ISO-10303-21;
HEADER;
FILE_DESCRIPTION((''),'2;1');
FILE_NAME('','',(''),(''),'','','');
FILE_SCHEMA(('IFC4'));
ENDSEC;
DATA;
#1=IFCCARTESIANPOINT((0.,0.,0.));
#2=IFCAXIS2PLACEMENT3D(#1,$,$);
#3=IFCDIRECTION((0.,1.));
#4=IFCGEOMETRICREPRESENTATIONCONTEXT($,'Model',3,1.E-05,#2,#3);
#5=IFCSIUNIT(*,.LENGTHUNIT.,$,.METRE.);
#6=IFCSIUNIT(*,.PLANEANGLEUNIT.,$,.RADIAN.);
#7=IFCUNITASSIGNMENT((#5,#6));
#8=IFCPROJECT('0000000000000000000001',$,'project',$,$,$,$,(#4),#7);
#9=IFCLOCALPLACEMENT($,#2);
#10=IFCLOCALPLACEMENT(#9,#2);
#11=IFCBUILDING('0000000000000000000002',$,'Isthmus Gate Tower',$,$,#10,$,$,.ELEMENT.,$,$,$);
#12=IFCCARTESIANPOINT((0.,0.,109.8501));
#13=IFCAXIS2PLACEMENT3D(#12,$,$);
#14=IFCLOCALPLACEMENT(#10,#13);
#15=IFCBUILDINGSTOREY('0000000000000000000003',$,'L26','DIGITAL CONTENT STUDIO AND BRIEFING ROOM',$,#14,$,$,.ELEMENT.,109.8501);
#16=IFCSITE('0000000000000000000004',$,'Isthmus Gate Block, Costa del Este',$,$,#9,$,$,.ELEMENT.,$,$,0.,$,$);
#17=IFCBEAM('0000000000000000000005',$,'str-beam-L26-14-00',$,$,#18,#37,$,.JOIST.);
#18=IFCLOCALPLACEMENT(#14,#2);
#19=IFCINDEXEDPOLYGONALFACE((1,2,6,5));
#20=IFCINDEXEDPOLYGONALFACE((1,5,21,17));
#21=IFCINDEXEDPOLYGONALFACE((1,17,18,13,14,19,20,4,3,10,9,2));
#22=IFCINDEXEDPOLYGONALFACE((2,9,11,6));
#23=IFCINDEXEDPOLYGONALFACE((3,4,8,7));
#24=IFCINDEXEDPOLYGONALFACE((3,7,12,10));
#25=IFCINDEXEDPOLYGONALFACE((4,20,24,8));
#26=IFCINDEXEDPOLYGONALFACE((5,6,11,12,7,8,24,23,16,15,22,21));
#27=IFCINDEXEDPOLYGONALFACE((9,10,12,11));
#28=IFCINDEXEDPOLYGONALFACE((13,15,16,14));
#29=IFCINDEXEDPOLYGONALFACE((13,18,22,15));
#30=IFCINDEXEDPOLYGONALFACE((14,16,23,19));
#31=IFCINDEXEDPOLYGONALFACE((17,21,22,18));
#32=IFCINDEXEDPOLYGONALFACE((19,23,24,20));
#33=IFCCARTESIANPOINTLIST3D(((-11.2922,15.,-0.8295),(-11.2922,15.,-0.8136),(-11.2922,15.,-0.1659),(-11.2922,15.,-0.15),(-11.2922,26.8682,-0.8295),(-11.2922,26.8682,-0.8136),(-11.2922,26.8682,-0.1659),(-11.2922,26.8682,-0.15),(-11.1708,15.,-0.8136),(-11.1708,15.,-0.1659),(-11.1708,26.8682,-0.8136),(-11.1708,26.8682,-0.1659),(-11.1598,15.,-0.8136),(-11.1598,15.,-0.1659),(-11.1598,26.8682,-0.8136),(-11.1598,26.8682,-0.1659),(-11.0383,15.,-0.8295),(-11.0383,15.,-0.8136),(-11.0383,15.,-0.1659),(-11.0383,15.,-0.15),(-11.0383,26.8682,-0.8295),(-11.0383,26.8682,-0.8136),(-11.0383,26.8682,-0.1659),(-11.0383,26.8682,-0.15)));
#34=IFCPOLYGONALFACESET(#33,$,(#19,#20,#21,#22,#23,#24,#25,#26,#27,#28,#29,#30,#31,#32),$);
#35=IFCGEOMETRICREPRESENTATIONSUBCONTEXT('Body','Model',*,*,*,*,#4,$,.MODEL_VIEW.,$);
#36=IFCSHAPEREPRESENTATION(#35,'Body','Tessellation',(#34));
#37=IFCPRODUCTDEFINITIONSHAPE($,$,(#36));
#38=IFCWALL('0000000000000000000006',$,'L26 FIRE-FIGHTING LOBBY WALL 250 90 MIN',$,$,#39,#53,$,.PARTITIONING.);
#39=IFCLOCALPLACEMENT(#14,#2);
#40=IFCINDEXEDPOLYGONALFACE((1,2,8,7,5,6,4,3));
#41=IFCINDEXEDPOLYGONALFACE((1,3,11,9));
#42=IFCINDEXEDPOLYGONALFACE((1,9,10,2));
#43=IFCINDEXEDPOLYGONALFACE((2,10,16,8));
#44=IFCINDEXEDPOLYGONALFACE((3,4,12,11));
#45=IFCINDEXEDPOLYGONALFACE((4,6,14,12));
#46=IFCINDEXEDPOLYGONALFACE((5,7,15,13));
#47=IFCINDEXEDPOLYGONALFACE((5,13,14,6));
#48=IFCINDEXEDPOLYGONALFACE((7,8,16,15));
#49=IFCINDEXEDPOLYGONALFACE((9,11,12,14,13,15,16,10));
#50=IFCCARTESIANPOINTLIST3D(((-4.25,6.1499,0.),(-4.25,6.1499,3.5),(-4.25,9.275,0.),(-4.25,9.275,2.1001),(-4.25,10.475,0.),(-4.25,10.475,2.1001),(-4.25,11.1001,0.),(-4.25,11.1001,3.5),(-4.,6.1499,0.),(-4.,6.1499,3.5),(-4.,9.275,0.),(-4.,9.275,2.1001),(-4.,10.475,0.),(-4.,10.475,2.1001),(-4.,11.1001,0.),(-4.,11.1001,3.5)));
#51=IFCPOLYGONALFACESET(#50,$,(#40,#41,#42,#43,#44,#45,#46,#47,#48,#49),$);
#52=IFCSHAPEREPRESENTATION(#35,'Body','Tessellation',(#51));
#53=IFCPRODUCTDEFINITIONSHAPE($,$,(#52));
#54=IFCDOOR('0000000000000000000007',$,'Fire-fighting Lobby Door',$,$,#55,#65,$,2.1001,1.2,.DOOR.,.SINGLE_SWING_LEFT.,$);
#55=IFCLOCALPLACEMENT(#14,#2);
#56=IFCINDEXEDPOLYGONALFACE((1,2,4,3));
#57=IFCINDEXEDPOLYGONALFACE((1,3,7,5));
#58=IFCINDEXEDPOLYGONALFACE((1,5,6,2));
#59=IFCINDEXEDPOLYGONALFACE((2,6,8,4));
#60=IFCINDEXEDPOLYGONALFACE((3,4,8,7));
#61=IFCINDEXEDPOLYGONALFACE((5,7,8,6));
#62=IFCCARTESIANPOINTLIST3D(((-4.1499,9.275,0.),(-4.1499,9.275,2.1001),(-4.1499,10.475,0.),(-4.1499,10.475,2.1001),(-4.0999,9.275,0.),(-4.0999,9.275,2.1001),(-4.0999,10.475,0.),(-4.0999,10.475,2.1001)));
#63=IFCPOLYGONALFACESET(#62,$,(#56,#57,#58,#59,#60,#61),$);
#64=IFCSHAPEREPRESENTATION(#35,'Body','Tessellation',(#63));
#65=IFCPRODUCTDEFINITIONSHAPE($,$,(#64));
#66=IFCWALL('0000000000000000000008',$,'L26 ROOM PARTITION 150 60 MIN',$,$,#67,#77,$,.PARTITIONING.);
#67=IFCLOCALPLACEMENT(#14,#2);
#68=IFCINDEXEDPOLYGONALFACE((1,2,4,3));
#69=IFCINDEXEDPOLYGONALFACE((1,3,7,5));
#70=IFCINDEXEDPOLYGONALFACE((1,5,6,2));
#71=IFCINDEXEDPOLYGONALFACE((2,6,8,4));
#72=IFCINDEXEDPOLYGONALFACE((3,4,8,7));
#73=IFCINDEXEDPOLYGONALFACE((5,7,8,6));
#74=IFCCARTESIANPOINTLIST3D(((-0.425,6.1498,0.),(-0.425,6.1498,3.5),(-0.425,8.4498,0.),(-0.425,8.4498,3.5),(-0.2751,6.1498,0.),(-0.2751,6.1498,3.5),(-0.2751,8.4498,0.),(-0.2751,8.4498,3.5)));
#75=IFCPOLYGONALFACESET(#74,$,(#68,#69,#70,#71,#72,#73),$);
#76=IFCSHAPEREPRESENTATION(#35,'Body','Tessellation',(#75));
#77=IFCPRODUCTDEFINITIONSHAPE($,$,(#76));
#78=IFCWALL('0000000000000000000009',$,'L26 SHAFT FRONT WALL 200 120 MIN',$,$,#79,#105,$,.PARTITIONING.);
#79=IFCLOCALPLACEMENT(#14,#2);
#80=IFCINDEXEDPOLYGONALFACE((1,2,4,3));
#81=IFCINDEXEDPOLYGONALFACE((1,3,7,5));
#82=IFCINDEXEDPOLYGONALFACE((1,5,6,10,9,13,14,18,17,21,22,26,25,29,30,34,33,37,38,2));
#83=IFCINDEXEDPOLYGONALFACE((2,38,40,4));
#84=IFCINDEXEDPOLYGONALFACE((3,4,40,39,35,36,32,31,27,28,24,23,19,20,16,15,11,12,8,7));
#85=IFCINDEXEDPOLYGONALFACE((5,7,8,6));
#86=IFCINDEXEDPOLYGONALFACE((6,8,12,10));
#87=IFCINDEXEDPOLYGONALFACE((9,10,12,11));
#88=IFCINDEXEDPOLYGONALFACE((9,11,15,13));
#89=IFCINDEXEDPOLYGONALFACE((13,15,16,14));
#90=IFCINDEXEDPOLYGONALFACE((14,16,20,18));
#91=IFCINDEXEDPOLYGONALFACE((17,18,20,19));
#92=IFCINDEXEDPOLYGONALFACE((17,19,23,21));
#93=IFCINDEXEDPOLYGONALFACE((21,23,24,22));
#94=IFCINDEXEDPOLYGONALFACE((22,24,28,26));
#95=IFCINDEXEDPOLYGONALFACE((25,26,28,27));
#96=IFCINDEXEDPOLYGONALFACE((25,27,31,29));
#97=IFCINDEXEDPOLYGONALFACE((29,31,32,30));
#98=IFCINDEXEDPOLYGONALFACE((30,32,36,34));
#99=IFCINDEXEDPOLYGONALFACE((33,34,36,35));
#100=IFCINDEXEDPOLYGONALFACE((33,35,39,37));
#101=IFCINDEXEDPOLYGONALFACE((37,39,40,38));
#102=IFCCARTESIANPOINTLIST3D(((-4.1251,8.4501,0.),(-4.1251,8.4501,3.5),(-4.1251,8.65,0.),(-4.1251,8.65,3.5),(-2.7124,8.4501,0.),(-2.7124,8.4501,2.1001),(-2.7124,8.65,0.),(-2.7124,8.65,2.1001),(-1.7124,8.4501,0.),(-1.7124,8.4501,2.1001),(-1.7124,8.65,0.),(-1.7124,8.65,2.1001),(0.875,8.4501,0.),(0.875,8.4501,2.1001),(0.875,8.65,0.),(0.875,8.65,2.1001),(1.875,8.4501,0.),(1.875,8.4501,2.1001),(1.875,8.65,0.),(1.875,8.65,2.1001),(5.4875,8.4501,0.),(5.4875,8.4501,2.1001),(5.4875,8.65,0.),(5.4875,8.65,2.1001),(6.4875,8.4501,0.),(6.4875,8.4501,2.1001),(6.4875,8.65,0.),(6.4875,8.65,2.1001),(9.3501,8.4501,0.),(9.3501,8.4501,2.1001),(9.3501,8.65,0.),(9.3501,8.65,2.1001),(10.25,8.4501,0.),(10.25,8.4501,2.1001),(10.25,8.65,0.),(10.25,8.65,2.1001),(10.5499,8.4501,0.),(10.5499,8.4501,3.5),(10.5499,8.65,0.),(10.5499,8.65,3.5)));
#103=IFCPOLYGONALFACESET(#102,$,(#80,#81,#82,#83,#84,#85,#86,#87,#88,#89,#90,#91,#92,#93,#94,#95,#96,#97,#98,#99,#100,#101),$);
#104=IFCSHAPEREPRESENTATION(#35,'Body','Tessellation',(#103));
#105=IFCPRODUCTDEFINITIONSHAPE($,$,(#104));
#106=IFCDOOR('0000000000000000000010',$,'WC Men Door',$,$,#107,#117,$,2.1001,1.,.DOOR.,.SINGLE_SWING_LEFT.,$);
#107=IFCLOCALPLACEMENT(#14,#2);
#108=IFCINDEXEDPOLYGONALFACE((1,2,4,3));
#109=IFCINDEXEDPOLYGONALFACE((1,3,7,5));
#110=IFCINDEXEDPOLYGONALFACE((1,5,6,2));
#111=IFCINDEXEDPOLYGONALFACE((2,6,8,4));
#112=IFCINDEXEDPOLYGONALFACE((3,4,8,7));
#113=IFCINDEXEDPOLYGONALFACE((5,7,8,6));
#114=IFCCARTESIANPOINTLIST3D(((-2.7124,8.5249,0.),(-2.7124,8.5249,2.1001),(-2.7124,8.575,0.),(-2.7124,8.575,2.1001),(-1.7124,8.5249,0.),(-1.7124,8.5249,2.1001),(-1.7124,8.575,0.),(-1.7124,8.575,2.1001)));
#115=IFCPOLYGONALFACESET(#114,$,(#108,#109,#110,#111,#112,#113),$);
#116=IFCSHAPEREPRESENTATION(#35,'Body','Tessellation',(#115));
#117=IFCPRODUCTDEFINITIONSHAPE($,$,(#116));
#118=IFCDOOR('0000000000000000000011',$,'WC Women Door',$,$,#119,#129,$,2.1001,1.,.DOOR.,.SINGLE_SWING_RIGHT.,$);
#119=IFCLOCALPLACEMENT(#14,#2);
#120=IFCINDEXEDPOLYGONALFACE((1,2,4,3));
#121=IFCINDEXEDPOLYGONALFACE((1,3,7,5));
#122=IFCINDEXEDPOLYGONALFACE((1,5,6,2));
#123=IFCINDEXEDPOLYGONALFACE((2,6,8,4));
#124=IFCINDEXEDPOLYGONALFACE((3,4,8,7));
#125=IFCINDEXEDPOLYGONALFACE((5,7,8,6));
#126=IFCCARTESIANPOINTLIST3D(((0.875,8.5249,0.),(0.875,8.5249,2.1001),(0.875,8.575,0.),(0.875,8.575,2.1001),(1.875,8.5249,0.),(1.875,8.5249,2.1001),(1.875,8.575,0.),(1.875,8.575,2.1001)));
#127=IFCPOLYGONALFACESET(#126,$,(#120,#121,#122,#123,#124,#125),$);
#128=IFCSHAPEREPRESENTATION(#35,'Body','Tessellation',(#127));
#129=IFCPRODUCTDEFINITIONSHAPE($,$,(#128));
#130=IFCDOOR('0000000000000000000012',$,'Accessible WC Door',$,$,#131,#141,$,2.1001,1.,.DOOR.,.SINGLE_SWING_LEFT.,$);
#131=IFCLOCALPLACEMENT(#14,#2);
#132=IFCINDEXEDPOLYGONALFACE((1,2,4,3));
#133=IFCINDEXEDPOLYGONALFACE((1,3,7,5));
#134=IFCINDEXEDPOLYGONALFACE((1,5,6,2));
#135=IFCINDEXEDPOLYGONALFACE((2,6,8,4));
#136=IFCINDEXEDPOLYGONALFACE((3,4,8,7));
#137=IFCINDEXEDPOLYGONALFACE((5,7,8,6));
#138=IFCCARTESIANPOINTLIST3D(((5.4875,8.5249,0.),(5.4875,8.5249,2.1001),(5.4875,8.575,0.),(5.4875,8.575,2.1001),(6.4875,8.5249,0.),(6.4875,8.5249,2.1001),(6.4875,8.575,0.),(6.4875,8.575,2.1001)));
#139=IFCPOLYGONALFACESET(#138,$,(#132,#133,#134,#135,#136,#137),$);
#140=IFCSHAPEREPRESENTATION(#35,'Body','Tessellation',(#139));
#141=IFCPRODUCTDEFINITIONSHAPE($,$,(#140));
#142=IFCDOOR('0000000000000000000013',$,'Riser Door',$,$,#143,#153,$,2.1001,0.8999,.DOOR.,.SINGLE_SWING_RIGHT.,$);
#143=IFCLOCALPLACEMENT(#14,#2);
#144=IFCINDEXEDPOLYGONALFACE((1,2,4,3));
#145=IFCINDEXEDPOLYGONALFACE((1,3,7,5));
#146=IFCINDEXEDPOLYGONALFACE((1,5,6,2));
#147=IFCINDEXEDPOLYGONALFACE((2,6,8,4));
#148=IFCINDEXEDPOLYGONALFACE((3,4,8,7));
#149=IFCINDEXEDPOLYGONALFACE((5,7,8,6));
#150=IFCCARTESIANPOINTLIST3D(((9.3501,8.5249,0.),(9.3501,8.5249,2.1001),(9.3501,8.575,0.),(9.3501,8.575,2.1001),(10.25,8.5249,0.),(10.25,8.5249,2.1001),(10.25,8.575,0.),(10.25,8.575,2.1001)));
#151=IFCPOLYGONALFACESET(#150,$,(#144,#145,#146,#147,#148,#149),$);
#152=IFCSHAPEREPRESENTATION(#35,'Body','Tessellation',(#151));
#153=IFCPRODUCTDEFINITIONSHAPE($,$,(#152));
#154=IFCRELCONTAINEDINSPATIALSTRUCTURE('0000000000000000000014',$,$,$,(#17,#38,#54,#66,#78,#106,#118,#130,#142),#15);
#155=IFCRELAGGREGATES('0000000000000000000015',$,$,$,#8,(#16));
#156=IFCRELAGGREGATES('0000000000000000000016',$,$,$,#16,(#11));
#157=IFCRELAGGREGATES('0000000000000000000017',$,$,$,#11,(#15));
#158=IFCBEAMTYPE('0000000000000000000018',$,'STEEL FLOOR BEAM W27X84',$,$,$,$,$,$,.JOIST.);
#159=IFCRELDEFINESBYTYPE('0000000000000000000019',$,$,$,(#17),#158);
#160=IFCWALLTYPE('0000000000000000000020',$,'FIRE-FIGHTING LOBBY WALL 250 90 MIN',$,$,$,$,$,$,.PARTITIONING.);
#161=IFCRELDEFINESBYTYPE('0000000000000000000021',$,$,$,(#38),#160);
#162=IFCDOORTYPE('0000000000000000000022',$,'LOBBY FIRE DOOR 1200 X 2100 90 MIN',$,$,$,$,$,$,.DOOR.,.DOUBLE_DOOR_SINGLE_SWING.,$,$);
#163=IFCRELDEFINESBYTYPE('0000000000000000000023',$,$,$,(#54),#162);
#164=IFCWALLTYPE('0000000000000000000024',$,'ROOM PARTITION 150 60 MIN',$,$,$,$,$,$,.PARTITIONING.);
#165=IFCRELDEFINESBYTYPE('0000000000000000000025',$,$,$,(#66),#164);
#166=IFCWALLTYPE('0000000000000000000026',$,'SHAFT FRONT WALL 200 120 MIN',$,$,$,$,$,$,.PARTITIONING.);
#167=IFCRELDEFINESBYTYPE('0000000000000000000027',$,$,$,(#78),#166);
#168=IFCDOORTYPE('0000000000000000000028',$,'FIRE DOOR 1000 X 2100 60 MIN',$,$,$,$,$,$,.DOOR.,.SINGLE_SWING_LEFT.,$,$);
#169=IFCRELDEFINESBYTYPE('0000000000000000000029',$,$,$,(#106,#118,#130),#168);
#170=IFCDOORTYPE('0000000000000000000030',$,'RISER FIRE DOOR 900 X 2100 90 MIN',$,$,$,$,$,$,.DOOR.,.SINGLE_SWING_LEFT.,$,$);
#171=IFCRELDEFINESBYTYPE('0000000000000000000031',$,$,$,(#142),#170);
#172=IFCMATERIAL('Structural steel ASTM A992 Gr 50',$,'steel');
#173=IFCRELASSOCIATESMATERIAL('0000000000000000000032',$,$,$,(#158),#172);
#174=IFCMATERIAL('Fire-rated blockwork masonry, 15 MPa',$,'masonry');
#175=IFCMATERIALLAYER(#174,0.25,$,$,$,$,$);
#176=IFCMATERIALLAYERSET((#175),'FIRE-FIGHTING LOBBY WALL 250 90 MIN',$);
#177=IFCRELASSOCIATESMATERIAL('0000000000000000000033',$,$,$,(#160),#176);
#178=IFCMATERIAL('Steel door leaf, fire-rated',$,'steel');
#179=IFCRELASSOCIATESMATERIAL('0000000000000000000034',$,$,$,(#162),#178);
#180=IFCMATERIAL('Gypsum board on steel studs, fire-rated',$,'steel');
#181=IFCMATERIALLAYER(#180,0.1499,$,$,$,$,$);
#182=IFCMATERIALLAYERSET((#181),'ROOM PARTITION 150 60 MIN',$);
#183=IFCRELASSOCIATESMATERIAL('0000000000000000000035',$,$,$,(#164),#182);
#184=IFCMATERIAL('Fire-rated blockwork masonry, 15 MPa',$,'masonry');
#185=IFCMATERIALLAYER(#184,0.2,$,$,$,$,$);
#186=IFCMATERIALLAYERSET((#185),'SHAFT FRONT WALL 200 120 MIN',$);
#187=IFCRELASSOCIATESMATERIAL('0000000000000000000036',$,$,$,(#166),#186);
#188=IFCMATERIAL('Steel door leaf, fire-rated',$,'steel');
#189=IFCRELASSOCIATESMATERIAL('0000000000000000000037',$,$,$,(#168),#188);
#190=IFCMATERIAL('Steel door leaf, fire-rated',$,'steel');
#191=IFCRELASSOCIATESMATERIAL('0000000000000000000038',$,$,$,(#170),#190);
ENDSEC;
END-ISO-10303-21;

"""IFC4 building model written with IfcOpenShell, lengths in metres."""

from ifc_helpers import new_model, si_unit, direction, frame, frame_2d, origin, origin_2d, place, context, subcontext, project, spatial, rectangle, i_section, extrude, material, layer, layer_set, material_profile, profile_set, type_object, element, fill, save


model = new_model("IFC4")

# Units and contexts
model_context = context("Model", 3, precision=1e-05, world=origin(), true_north=direction((0.0, 1.0)))
body_context = subcontext(model_context, "Body", "Model", "MODEL_VIEW")
ifc_project = project(units=[si_unit("LENGTHUNIT", "METRE"), si_unit("PLANEANGLEUNIT", "RADIAN")], contexts=[model_context])

# Site, building, storey
site_placement = place(None, origin())
site = spatial("IfcSite", under=ifc_project, at=site_placement, Name="Isthmus Gate Block, Costa del Este", CompositionType="ELEMENT", RefElevation=0.0)
building_placement = place(site_placement, origin())
building = spatial("IfcBuilding", under=site, at=building_placement, Name="Isthmus Gate Tower", CompositionType="ELEMENT")
storey_placement = place(building_placement, frame((0.0, 0.0, 109.8501)))
storey = spatial("IfcBuildingStorey", under=building, at=storey_placement, Name="L26", Description="DIGITAL CONTENT STUDIO AND BRIEFING ROOM", CompositionType="ELEMENT", Elevation=109.8501)

# Beam
ifc_material_1 = material(Name="Structural steel ASTM A992 Gr 50", Category="steel")
ifc_material_profile = material_profile(ifc_material_1, i_section(OverallWidth=0.2539, OverallDepth=0.6794, WebThickness=0.011, FlangeThickness=0.0159, at=origin_2d()), Name="W27X84")
ifc_profile_set = profile_set([ifc_material_profile], Name="Structural steel ASTM A992 Gr 50")
beam_type = type_object("IfcBeamType", Name="STEEL FLOOR BEAM W27X84", PredefinedType="JOIST", material=ifc_profile_set)
beam_placement = place(storey_placement, frame((-11.1653, 15.0, -0.4897), z_axis=(0.0, 1.0, 0.0), x_axis=(-1.0, 0.0, 0.0)))
element("IfcBeam", 1, at=beam_placement, inside=storey, type_object=beam_type, Name="str-beam-L26-14-00", PredefinedType="JOIST", context=body_context, shape_type="SweptSolid", body=[
    extrude(i_section(OverallWidth=0.2539, OverallDepth=0.6794, WebThickness=0.011, FlangeThickness=0.0159, at=origin_2d()), origin(), (0.0, 0.0, 1.0), 11.8682),
])

# Wall, opening, door
ifc_material_2 = material(Name="Fire-rated blockwork masonry, 15 MPa", Category="masonry")
ifc_layer_1 = layer(ifc_material_2, 0.25)
ifc_layer_set_1 = layer_set([ifc_layer_1], Name="FIRE-FIGHTING LOBBY WALL 250 90 MIN")
wall_type_1 = type_object("IfcWallType", Name="FIRE-FIGHTING LOBBY WALL 250 90 MIN", PredefinedType="PARTITIONING", material=ifc_layer_set_1)
wall_1_placement = place(storey_placement, frame((-4.125, 6.1499, 0.0), z_axis=(0.0, 0.0, 1.0), x_axis=(0.0, 1.0, 0.0)))
wall_1 = element("IfcWall", 2, at=wall_1_placement, inside=storey, type_object=wall_type_1, Name="L26 FIRE-FIGHTING LOBBY WALL 250 90 MIN", PredefinedType="PARTITIONING", context=body_context, shape_type="SweptSolid", body=[
    extrude(rectangle(XDim=4.9502, YDim=0.25, at=frame_2d((2.4751, 0.0))), origin(), (0.0, 0.0, 1.0), 3.5),
])
opening_1_placement = place(wall_1_placement, frame((3.125, 0.0, 0.0)))
opening_1 = element("IfcOpeningElement", 3, at=opening_1_placement, cuts=wall_1, PredefinedType="OPENING", context=body_context, shape_type="SweptSolid", body=[
    extrude(rectangle(XDim=1.2, YDim=2.1001, at=frame_2d((0.6001, 1.05))), frame((0.0, 0.135, 0.0), z_axis=(0.0, -1.0, 0.0), x_axis=(1.0, 0.0, 0.0)), (0.0, 0.0, 1.0), 0.27),
])
ifc_material_3 = material(Name="Steel door leaf, fire-rated", Category="steel")
door_type_1 = type_object("IfcDoorType", Name="LOBBY FIRE DOOR 1200 X 2100 90 MIN", OperationType="DOUBLE_DOOR_SINGLE_SWING", PredefinedType="DOOR", material=ifc_material_3)
door_1_placement = place(opening_1_placement, origin())
door_1 = element("IfcDoor", 4, at=door_1_placement, inside=storey, type_object=door_type_1, Name="Fire-fighting Lobby Door", OperationType="SINGLE_SWING_LEFT", OverallHeight=2.1001, OverallWidth=1.2, PredefinedType="DOOR", context=body_context, shape_type="SweptSolid", body=[
    extrude(rectangle(XDim=1.2, YDim=2.1001, at=frame_2d((0.6001, 1.05))), frame((0.0, 0.0249, 0.0), z_axis=(0.0, -1.0, 0.0), x_axis=(1.0, 0.0, 0.0)), (0.0, 0.0, 1.0), 0.05),
])
fill(opening_1, door_1)

# Wall
ifc_material_4 = material(Name="Gypsum board on steel studs, fire-rated", Category="steel")
ifc_layer_2 = layer(ifc_material_4, 0.1499)
ifc_layer_set_2 = layer_set([ifc_layer_2], Name="ROOM PARTITION 150 60 MIN")
wall_type_2 = type_object("IfcWallType", Name="ROOM PARTITION 150 60 MIN", PredefinedType="PARTITIONING", material=ifc_layer_set_2)
wall_2_placement = place(storey_placement, frame((-0.3501, 6.1499, 0.0), z_axis=(0.0, 0.0, 1.0), x_axis=(0.0, 1.0, 0.0)))
element("IfcWall", 5, at=wall_2_placement, inside=storey, type_object=wall_type_2, Name="L26 ROOM PARTITION 150 60 MIN", PredefinedType="PARTITIONING", context=body_context, shape_type="SweptSolid", body=[
    extrude(rectangle(XDim=2.3, YDim=0.1499, at=frame_2d((1.1499, 0.0))), origin(), (0.0, 0.0, 1.0), 3.5),
])

# Wall, openings, doors
ifc_material_5 = material(Name="Fire-rated blockwork masonry, 15 MPa", Category="masonry")
ifc_layer_3 = layer(ifc_material_5, 0.2)
ifc_layer_set_3 = layer_set([ifc_layer_3], Name="SHAFT FRONT WALL 200 120 MIN")
wall_type_3 = type_object("IfcWallType", Name="SHAFT FRONT WALL 200 120 MIN", PredefinedType="PARTITIONING", material=ifc_layer_set_3)
wall_3_placement = place(storey_placement, frame((-4.125, 8.55, 0.0), z_axis=(0.0, 0.0, 1.0), x_axis=(1.0, 0.0, 0.0)))
wall_3 = element("IfcWall", 6, at=wall_3_placement, inside=storey, type_object=wall_type_3, Name="L26 SHAFT FRONT WALL 200 120 MIN", PredefinedType="PARTITIONING", context=body_context, shape_type="SweptSolid", body=[
    extrude(rectangle(XDim=14.675, YDim=0.2, at=frame_2d((7.3374, 0.0))), origin(), (0.0, 0.0, 1.0), 3.5),
])
opening_2_placement = place(wall_3_placement, frame((1.4126, 0.0, 0.0)))
opening_2 = element("IfcOpeningElement", 7, at=opening_2_placement, cuts=wall_3, PredefinedType="OPENING", context=body_context, shape_type="SweptSolid", body=[
    extrude(rectangle(XDim=1.0, YDim=2.1001, at=frame_2d((0.5, 1.05))), frame((0.0, 0.1099, 0.0), z_axis=(0.0, -1.0, 0.0), x_axis=(1.0, 0.0, 0.0)), (0.0, 0.0, 1.0), 0.22),
])
opening_3_placement = place(wall_3_placement, frame((5.0, 0.0, 0.0)))
opening_3 = element("IfcOpeningElement", 8, at=opening_3_placement, cuts=wall_3, PredefinedType="OPENING", context=body_context, shape_type="SweptSolid", body=[
    extrude(rectangle(XDim=1.0, YDim=2.1001, at=frame_2d((0.5, 1.05))), frame((0.0, 0.1099, 0.0), z_axis=(0.0, -1.0, 0.0), x_axis=(1.0, 0.0, 0.0)), (0.0, 0.0, 1.0), 0.22),
])
opening_4_placement = place(wall_3_placement, frame((9.6125, 0.0, 0.0)))
opening_4 = element("IfcOpeningElement", 9, at=opening_4_placement, cuts=wall_3, PredefinedType="OPENING", context=body_context, shape_type="SweptSolid", body=[
    extrude(rectangle(XDim=1.0, YDim=2.1001, at=frame_2d((0.5, 1.05))), frame((0.0, 0.1099, 0.0), z_axis=(0.0, -1.0, 0.0), x_axis=(1.0, 0.0, 0.0)), (0.0, 0.0, 1.0), 0.22),
])
opening_5_placement = place(wall_3_placement, frame((13.4751, 0.0, 0.0)))
opening_5 = element("IfcOpeningElement", 10, at=opening_5_placement, cuts=wall_3, PredefinedType="OPENING", context=body_context, shape_type="SweptSolid", body=[
    extrude(rectangle(XDim=0.8999, YDim=2.1001, at=frame_2d((0.45, 1.05))), frame((0.0, 0.1099, 0.0), z_axis=(0.0, -1.0, 0.0), x_axis=(1.0, 0.0, 0.0)), (0.0, 0.0, 1.0), 0.22),
])
ifc_material_6 = material(Name="Steel door leaf, fire-rated", Category="steel")
door_type_2 = type_object("IfcDoorType", Name="FIRE DOOR 1000 X 2100 60 MIN", OperationType="SINGLE_SWING_LEFT", PredefinedType="DOOR", material=ifc_material_6)
door_2_placement = place(opening_2_placement, origin())
door_2 = element("IfcDoor", 11, at=door_2_placement, inside=storey, type_object=door_type_2, Name="WC Men Door", OperationType="SINGLE_SWING_LEFT", OverallHeight=2.1001, OverallWidth=1.0, PredefinedType="DOOR", context=body_context, shape_type="SweptSolid", body=[
    extrude(rectangle(XDim=1.0, YDim=2.1001, at=frame_2d((0.5, 1.05))), frame((0.0, 0.0249, 0.0), z_axis=(0.0, -1.0, 0.0), x_axis=(1.0, 0.0, 0.0)), (0.0, 0.0, 1.0), 0.05),
])
fill(opening_2, door_2)
door_3_placement = place(opening_3_placement, origin())
door_3 = element("IfcDoor", 12, at=door_3_placement, inside=storey, type_object=door_type_2, Name="WC Women Door", OperationType="SINGLE_SWING_RIGHT", OverallHeight=2.1001, OverallWidth=1.0, PredefinedType="DOOR", context=body_context, shape_type="SweptSolid", body=[
    extrude(rectangle(XDim=1.0, YDim=2.1001, at=frame_2d((0.5, 1.05))), frame((0.0, 0.0249, 0.0), z_axis=(0.0, -1.0, 0.0), x_axis=(1.0, 0.0, 0.0)), (0.0, 0.0, 1.0), 0.05),
])
fill(opening_3, door_3)
door_4_placement = place(opening_4_placement, origin())
door_4 = element("IfcDoor", 13, at=door_4_placement, inside=storey, type_object=door_type_2, Name="Accessible WC Door", OperationType="SINGLE_SWING_LEFT", OverallHeight=2.1001, OverallWidth=1.0, PredefinedType="DOOR", context=body_context, shape_type="SweptSolid", body=[
    extrude(rectangle(XDim=1.0, YDim=2.1001, at=frame_2d((0.5, 1.05))), frame((0.0, 0.0249, 0.0), z_axis=(0.0, -1.0, 0.0), x_axis=(1.0, 0.0, 0.0)), (0.0, 0.0, 1.0), 0.05),
])
fill(opening_4, door_4)
ifc_material_7 = material(Name="Steel door leaf, fire-rated", Category="steel")
door_type_3 = type_object("IfcDoorType", Name="RISER FIRE DOOR 900 X 2100 90 MIN", OperationType="SINGLE_SWING_LEFT", PredefinedType="DOOR", material=ifc_material_7)
door_5_placement = place(opening_5_placement, origin())
door_5 = element("IfcDoor", 14, at=door_5_placement, inside=storey, type_object=door_type_3, Name="Riser Door", OperationType="SINGLE_SWING_RIGHT", OverallHeight=2.1001, OverallWidth=0.8999, PredefinedType="DOOR", context=body_context, shape_type="SweptSolid", body=[
    extrude(rectangle(XDim=0.8999, YDim=2.1001, at=frame_2d((0.45, 1.05))), frame((0.0, 0.0249, 0.0), z_axis=(0.0, -1.0, 0.0), x_axis=(1.0, 0.0, 0.0)), (0.0, 0.0, 1.0), 0.05),
])
fill(opening_5, door_5)

save(model, "model.ifc")
